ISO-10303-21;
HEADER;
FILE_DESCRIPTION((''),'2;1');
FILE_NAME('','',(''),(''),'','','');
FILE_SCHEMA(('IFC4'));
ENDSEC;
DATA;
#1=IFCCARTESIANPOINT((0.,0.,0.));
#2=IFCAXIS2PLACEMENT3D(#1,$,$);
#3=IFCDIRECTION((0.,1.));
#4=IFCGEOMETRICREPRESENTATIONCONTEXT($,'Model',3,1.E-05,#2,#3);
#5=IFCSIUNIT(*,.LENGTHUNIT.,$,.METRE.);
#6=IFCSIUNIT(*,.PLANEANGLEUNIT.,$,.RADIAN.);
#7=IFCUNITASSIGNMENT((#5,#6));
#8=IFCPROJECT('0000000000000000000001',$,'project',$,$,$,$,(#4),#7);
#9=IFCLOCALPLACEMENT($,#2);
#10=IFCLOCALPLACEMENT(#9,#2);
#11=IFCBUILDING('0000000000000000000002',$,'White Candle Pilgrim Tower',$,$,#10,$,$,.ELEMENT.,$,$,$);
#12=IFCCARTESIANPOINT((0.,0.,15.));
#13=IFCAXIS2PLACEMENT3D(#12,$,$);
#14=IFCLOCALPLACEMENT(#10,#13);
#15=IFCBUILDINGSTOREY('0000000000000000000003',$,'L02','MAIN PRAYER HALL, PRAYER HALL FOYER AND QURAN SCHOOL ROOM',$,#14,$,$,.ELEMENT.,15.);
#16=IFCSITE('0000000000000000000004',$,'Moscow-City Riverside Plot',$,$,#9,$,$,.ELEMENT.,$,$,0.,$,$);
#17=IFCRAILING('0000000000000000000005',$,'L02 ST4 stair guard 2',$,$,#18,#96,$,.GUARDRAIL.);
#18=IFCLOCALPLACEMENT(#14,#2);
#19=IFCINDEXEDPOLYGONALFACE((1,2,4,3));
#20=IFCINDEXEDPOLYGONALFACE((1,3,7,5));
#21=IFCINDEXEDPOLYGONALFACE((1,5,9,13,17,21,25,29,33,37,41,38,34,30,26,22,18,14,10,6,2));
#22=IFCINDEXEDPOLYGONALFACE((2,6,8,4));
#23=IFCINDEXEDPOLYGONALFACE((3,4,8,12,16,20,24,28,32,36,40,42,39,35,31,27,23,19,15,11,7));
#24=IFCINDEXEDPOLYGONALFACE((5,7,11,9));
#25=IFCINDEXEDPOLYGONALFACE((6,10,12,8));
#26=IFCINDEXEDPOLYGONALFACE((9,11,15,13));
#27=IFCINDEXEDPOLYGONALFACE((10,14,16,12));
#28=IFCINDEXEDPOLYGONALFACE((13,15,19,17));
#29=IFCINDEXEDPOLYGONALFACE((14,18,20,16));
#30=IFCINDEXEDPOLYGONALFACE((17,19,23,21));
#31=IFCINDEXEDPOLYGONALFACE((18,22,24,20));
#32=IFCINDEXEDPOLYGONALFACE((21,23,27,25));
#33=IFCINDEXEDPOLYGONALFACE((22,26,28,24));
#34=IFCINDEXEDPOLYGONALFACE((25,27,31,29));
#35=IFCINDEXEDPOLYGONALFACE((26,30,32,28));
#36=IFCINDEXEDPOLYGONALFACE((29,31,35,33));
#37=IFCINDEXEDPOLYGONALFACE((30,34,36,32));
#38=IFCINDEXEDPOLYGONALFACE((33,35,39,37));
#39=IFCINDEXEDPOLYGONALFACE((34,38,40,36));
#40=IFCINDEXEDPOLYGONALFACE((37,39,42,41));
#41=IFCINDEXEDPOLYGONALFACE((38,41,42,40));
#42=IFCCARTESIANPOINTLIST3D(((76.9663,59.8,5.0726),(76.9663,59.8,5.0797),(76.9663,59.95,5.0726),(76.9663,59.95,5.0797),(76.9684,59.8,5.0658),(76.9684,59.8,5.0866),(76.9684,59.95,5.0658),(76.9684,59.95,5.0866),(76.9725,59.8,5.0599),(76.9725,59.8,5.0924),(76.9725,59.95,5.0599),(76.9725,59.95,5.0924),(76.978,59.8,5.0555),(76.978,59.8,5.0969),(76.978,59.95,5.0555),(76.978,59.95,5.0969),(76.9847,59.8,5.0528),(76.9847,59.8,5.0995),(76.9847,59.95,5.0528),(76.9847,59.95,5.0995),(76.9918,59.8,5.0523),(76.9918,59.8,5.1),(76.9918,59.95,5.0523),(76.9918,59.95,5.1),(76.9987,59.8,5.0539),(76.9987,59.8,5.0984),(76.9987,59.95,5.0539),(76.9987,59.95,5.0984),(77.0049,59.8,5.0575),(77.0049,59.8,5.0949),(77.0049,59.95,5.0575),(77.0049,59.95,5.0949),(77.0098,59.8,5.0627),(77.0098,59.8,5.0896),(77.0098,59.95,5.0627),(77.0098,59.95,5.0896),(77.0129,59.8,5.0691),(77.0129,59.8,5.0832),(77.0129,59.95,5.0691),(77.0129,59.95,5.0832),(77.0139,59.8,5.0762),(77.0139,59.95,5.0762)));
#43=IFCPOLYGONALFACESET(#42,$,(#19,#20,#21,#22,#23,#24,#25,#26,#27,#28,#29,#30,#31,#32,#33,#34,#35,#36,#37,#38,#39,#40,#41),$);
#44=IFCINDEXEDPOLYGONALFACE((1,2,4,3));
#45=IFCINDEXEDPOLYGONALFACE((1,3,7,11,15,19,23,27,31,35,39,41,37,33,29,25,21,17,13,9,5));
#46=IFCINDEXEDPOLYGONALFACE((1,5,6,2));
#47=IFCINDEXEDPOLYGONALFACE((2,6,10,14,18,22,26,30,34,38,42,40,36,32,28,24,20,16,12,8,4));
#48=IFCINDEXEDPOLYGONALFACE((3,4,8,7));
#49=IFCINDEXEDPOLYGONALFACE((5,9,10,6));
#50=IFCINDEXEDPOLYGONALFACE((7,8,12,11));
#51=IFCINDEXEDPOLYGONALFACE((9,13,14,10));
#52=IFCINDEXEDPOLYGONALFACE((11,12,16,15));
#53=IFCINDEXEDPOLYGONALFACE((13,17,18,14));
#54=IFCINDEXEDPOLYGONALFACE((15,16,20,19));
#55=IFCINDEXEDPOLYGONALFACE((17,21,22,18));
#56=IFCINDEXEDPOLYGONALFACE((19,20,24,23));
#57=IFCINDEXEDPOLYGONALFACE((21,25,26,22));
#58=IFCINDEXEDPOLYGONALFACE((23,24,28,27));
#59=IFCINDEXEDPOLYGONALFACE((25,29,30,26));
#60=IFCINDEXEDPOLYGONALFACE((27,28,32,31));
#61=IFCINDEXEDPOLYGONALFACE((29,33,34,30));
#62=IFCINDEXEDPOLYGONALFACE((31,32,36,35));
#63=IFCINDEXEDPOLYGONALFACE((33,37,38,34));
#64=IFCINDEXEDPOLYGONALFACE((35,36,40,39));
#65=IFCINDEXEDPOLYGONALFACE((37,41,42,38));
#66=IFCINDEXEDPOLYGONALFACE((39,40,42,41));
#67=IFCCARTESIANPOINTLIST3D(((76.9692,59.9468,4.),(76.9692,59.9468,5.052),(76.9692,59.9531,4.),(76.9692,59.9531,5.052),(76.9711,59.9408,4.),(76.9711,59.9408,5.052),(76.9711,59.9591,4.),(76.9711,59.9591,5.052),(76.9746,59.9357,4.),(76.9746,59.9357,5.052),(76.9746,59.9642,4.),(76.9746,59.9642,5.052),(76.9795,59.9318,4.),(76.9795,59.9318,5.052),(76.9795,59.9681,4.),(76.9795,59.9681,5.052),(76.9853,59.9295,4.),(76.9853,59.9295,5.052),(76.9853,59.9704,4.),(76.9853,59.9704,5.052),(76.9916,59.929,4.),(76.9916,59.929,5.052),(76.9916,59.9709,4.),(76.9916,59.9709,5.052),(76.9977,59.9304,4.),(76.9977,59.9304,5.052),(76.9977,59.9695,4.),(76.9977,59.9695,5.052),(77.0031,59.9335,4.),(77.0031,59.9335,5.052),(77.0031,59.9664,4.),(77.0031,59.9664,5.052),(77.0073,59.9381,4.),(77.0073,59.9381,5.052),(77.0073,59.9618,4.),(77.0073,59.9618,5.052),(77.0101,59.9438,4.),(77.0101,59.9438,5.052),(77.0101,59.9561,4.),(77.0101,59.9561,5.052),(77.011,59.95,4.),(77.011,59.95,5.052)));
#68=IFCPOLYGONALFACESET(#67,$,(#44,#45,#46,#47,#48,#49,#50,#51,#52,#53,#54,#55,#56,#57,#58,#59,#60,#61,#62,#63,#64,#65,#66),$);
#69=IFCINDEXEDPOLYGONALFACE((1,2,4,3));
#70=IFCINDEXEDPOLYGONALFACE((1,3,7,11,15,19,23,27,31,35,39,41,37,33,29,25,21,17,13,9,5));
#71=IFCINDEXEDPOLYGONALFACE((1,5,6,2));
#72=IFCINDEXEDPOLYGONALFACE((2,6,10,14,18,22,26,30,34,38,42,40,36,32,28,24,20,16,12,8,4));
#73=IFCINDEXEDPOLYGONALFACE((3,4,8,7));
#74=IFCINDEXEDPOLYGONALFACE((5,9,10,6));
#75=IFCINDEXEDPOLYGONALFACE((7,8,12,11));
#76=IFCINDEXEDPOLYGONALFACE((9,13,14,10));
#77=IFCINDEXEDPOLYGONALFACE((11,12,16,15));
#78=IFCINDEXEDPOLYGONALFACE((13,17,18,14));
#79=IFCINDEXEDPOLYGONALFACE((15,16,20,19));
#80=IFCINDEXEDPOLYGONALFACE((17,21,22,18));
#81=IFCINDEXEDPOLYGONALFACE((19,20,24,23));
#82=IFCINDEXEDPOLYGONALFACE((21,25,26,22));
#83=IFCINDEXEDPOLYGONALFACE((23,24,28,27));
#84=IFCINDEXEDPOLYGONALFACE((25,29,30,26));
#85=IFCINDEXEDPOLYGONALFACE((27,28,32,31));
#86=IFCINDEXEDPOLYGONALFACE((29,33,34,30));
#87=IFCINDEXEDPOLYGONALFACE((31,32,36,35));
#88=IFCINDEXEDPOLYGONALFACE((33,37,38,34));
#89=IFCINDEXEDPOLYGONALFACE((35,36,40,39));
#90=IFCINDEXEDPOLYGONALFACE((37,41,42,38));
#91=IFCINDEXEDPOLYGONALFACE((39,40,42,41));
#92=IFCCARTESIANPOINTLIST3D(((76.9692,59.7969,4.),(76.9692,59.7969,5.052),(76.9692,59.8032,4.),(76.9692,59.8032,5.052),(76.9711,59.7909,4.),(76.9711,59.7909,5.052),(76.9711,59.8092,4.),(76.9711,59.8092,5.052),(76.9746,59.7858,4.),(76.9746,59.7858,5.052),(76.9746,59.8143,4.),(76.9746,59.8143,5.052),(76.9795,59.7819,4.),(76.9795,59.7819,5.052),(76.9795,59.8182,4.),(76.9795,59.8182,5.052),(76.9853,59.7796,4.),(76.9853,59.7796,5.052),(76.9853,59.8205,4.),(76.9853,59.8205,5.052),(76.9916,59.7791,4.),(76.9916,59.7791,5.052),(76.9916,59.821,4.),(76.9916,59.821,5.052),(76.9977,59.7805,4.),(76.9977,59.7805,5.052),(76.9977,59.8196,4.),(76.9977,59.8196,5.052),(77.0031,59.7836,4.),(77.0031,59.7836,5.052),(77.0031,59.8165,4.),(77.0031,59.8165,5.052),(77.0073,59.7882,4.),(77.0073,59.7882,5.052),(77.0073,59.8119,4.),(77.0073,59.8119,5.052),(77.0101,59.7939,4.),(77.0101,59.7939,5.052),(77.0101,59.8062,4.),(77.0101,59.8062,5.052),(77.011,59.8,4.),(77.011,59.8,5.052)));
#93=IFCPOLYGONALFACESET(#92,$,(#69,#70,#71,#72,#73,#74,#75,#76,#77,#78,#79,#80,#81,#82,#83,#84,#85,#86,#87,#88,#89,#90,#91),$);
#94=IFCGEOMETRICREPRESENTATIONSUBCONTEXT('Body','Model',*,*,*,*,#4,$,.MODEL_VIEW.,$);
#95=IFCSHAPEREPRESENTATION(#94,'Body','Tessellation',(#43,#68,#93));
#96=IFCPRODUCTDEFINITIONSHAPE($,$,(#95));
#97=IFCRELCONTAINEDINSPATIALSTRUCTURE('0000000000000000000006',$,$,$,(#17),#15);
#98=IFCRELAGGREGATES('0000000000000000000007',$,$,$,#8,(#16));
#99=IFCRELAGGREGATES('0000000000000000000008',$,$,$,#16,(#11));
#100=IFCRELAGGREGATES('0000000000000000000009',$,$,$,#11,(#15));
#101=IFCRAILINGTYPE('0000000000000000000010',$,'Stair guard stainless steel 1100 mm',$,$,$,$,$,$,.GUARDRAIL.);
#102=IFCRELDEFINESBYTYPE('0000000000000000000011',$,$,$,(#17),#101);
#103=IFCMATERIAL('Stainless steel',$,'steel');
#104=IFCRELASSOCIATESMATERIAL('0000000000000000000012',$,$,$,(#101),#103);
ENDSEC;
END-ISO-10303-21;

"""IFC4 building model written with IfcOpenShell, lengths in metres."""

from ifc_helpers import new_model, si_unit, direction, frame, origin, origin_2d, place, context, subcontext, project, spatial, circle, extrude, material, type_object, element, save


model = new_model("IFC4")

# Units and contexts
model_context = context("Model", 3, precision=1e-05, world=origin(), true_north=direction((0.0, 1.0)))
body_context = subcontext(model_context, "Body", "Model", "MODEL_VIEW")
ifc_project = project(units=[si_unit("LENGTHUNIT", "METRE"), si_unit("PLANEANGLEUNIT", "RADIAN")], contexts=[model_context])

# Site, building, storey
site_placement = place(None, origin())
site = spatial("IfcSite", under=ifc_project, at=site_placement, Name="Moscow-City Riverside Plot", CompositionType="ELEMENT", RefElevation=0.0)
building_placement = place(site_placement, origin())
building = spatial("IfcBuilding", under=site, at=building_placement, Name="White Candle Pilgrim Tower", CompositionType="ELEMENT")
storey_placement = place(building_placement, frame((0.0, 0.0, 15.0)))
storey = spatial("IfcBuildingStorey", under=building, at=storey_placement, Name="L02", Description="MAIN PRAYER HALL, PRAYER HALL FOYER AND QURAN SCHOOL ROOM", CompositionType="ELEMENT", Elevation=15.0)

# Railing
ifc_material_1 = material(Name="Stainless steel", Category="steel")
railing_type_1 = type_object("IfcRailingType", Name="Stair guard stainless steel 1100 mm", PredefinedType="GUARDRAIL", material=ifc_material_1)
railing_1_placement = place(storey_placement, frame((76.99, 59.95, 4.0)))
element("IfcRailing", 1, at=railing_1_placement, inside=storey, type_object=railing_type_1, Name="L02 ST4 stair guard 2", PredefinedType="GUARDRAIL", context=body_context, shape_type="SweptSolid", body=[
    extrude(circle(Radius=0.0239, at=origin_2d()), frame((0.0, 0.0, 1.0762), z_axis=(0.0, -1.0, 0.0), x_axis=(1.0, 0.0, 0.0)), (0.0, 0.0, 1.0), 0.1499),
    extrude(circle(Radius=0.021, at=origin_2d()), origin(), (0.0, 0.0, 1.0), 1.052),
    extrude(circle(Radius=0.021, at=origin_2d()), frame((0.0, -0.1499, 0.0)), (0.0, 0.0, 1.0), 1.052),
])

save(model, "model.ifc")
